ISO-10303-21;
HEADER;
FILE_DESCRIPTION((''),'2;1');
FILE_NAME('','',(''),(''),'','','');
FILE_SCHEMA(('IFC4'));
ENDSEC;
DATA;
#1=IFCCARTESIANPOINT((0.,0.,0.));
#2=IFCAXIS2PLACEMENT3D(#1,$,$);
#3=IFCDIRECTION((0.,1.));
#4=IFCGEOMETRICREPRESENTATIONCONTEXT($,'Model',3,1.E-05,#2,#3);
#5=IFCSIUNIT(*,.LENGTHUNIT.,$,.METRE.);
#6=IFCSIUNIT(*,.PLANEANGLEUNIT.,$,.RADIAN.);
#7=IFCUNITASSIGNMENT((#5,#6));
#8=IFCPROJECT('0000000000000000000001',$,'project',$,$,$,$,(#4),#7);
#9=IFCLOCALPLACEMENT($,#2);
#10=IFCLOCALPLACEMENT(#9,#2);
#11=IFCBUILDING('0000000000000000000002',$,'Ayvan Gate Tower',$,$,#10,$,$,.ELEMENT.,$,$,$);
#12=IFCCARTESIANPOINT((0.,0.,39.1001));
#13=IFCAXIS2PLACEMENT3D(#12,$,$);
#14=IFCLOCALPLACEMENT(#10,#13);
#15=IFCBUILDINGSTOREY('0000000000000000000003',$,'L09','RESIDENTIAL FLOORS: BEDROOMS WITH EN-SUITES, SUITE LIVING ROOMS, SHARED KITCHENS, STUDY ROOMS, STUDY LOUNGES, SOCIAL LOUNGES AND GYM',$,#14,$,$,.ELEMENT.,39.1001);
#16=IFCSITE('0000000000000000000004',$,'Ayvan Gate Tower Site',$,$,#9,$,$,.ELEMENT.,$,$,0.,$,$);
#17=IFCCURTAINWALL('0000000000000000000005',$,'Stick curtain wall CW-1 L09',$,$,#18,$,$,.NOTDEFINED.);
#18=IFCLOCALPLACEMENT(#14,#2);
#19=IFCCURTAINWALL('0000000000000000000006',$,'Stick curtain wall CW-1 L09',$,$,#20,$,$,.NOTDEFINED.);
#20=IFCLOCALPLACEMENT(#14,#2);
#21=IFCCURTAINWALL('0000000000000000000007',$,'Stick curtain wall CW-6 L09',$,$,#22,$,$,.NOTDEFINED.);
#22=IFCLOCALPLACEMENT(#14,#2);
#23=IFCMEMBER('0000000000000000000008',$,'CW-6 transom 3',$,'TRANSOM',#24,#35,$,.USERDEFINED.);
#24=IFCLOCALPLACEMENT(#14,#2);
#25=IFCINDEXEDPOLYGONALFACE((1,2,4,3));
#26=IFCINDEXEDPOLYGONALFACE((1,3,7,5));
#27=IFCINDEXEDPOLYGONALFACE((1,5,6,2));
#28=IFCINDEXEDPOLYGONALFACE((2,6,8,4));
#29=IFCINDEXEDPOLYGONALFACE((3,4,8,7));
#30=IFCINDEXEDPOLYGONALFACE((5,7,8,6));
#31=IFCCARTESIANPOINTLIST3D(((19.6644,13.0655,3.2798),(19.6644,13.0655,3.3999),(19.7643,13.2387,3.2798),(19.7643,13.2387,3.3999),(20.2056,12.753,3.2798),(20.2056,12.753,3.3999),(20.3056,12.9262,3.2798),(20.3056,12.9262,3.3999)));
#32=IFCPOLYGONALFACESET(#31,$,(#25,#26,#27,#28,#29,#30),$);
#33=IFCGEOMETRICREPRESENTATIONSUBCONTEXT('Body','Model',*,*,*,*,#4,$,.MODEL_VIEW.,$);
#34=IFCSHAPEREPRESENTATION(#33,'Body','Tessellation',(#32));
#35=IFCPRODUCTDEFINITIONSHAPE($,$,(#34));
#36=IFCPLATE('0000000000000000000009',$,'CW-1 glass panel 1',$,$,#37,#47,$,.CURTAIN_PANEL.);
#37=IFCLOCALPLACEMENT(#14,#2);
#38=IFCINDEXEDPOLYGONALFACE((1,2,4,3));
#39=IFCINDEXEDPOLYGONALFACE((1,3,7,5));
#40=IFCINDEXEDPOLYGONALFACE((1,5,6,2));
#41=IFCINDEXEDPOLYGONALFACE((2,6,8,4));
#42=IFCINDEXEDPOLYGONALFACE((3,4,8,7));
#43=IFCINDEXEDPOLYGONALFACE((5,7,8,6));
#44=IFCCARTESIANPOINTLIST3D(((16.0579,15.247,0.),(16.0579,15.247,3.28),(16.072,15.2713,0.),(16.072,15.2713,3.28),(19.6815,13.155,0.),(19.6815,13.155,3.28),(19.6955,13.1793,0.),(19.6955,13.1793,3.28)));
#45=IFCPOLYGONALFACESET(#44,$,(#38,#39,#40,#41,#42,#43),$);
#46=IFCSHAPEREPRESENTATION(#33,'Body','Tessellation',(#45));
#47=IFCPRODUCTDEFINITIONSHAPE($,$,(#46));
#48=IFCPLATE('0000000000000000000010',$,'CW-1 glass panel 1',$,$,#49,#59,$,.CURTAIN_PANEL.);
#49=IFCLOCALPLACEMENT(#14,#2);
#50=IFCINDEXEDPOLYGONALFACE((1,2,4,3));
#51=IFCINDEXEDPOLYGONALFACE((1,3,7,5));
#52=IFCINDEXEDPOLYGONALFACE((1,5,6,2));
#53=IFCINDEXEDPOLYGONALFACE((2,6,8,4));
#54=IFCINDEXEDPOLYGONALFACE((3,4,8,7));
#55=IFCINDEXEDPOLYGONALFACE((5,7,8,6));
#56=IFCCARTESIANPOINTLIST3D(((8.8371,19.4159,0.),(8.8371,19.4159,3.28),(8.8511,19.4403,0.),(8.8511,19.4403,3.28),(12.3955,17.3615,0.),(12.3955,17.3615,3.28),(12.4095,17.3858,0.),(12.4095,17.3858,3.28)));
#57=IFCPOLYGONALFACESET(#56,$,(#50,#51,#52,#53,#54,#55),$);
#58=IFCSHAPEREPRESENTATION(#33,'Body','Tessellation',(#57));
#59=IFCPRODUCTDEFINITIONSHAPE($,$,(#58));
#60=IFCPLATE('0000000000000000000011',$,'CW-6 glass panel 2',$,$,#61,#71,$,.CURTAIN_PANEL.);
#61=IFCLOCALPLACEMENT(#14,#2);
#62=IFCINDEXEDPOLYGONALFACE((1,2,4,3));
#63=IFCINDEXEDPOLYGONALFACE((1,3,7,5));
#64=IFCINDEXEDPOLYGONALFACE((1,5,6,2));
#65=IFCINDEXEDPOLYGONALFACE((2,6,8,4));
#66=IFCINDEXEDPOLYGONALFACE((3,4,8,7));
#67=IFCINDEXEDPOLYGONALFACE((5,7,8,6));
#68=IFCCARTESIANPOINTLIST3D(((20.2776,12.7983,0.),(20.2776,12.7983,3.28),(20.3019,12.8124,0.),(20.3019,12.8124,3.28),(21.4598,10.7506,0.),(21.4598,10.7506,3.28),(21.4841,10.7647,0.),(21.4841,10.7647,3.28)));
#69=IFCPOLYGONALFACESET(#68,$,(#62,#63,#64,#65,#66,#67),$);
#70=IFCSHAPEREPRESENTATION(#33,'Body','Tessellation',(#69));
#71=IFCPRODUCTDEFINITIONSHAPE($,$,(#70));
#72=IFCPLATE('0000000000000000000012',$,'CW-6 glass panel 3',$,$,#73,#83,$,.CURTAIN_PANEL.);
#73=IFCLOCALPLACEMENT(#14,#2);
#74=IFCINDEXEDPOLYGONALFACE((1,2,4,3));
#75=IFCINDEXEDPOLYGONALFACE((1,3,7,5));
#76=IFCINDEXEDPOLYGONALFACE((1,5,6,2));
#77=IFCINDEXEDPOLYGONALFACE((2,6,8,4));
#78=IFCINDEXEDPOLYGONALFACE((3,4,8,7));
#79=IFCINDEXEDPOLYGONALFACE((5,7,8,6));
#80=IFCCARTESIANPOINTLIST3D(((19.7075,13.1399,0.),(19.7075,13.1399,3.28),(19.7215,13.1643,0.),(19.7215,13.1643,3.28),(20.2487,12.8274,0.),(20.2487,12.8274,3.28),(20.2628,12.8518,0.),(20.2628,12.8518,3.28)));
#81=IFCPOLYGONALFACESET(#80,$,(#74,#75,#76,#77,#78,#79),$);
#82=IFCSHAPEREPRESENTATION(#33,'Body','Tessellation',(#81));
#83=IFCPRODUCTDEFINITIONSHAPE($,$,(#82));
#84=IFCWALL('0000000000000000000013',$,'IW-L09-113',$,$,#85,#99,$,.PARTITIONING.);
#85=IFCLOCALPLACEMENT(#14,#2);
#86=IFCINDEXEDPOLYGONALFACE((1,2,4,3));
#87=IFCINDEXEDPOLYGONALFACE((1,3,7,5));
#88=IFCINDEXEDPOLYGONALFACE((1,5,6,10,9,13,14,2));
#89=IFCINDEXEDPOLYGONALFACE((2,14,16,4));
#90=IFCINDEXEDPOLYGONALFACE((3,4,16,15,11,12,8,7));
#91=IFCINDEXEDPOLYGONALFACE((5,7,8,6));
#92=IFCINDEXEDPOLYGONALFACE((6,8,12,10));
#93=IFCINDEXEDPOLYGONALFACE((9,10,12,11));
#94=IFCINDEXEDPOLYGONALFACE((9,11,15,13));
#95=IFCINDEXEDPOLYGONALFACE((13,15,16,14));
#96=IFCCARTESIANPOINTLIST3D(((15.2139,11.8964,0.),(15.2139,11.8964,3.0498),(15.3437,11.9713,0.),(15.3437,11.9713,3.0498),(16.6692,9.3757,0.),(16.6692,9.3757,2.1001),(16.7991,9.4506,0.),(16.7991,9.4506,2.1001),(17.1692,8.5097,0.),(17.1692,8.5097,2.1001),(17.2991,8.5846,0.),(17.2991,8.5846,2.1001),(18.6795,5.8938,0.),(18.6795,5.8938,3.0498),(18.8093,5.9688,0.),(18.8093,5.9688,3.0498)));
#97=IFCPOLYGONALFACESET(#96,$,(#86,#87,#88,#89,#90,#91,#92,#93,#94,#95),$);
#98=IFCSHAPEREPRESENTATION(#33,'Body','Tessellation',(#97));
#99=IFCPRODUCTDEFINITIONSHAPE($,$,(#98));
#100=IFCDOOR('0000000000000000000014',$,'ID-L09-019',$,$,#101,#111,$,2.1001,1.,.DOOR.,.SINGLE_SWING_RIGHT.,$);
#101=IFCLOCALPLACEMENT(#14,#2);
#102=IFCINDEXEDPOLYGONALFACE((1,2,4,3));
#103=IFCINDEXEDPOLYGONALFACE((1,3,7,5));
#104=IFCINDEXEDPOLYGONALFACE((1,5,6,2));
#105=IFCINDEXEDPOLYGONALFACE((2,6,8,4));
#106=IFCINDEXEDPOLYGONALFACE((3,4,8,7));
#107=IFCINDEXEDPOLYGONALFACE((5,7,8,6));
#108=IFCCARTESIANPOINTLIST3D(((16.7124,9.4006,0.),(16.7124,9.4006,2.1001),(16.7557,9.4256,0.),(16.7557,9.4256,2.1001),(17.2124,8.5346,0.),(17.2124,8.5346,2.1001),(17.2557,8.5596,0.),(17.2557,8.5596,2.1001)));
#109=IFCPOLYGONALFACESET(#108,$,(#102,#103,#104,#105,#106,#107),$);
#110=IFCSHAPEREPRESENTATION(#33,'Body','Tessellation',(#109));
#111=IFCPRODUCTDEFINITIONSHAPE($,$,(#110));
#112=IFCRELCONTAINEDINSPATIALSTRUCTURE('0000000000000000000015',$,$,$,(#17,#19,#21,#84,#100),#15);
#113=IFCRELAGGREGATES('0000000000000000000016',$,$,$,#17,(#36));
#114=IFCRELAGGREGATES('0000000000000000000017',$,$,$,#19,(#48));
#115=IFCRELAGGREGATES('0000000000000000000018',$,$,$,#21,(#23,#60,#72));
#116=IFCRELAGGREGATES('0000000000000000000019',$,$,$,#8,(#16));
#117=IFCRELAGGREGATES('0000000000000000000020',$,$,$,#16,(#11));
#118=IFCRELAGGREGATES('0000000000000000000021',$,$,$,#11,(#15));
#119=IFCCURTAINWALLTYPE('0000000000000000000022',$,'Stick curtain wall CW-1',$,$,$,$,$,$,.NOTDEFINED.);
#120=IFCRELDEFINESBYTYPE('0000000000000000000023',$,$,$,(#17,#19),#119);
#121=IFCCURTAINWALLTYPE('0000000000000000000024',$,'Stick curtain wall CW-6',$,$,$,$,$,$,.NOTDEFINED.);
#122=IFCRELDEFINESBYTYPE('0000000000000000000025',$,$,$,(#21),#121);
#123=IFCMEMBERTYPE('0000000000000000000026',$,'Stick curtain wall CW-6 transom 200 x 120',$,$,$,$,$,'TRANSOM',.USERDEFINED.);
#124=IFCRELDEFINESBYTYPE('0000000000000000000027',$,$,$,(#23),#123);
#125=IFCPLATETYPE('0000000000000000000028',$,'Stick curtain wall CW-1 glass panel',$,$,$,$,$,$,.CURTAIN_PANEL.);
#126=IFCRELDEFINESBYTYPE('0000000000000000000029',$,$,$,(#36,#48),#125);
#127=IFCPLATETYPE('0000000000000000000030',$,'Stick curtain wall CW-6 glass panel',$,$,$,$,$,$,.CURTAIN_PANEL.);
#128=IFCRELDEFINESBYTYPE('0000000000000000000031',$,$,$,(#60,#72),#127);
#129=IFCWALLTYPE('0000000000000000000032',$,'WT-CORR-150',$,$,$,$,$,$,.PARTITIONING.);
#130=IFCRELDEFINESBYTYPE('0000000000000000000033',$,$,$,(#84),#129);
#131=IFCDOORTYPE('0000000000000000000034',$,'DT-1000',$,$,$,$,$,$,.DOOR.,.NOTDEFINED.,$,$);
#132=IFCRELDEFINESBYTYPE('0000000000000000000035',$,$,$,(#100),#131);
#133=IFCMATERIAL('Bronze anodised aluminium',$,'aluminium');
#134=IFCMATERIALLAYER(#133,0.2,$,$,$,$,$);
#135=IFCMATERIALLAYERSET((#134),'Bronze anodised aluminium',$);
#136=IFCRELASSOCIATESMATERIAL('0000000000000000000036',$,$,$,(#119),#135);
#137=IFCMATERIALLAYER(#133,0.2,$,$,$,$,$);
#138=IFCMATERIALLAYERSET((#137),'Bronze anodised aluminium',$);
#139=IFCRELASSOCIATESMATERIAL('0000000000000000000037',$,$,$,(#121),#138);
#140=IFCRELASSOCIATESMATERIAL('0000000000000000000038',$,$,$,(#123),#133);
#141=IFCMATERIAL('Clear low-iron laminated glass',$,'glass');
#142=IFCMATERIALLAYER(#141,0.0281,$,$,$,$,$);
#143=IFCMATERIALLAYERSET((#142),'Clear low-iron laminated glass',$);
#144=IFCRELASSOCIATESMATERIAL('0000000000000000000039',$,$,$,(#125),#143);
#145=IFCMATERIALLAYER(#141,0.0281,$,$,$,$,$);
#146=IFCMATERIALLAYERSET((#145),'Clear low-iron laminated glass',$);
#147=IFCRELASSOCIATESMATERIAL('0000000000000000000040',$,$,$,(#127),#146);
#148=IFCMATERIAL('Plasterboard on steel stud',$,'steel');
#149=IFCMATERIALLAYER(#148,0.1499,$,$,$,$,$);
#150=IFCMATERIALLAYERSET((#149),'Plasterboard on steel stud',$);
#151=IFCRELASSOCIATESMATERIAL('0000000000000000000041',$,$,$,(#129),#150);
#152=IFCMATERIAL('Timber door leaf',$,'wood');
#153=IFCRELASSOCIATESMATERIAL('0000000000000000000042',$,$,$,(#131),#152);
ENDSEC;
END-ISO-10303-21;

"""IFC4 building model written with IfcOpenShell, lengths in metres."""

from ifc_helpers import new_model, si_unit, direction, frame, frame_2d, origin, origin_2d, place, context, subcontext, project, spatial, rectangle, extrude, material, layer, layer_set, material_profile, profile_set, type_object, element, fill, aggregate, save


model = new_model("IFC4")

# Units and contexts
model_context = context("Model", 3, precision=1e-05, world=origin(), true_north=direction((0.0, 1.0)))
body_context = subcontext(model_context, "Body", "Model", "MODEL_VIEW")
ifc_project = project(units=[si_unit("LENGTHUNIT", "METRE"), si_unit("PLANEANGLEUNIT", "RADIAN")], contexts=[model_context])

# Site, building, storey
site_placement = place(None, origin())
site = spatial("IfcSite", under=ifc_project, at=site_placement, Name="Ayvan Gate Tower Site", CompositionType="ELEMENT", RefElevation=0.0)
building_placement = place(site_placement, origin())
building = spatial("IfcBuilding", under=site, at=building_placement, Name="Ayvan Gate Tower", CompositionType="ELEMENT")
storey_placement = place(building_placement, frame((0.0, 0.0, 39.1001)))
storey = spatial("IfcBuildingStorey", under=building, at=storey_placement, Name="L09", Description="RESIDENTIAL FLOORS: BEDROOMS WITH EN-SUITES, SUITE LIVING ROOMS, SHARED KITCHENS, STUDY ROOMS, STUDY LOUNGES, SOCIAL LOUNGES AND GYM", CompositionType="ELEMENT", Elevation=39.1001)

# Curtain walls
ifc_material_1 = material(Name="Bronze anodised aluminium", Category="aluminium")
ifc_layer_1 = layer(ifc_material_1, 0.2)
ifc_layer_set_1 = layer_set([ifc_layer_1], Name="Bronze anodised aluminium")
curtain_wall_type_1 = type_object("IfcCurtainWallType", Name="Stick curtain wall CW-1", PredefinedType="NOTDEFINED", material=ifc_layer_set_1)
curtain_wall_1_placement = place(storey_placement, origin())
curtain_wall_1 = element("IfcCurtainWall", 1, at=curtain_wall_1_placement, inside=storey, type_object=curtain_wall_type_1, Name="Stick curtain wall CW-1 L09", PredefinedType="NOTDEFINED")
curtain_wall_2_placement = place(storey_placement, origin())
curtain_wall_2 = element("IfcCurtainWall", 2, at=curtain_wall_2_placement, inside=storey, type_object=curtain_wall_type_1, Name="Stick curtain wall CW-1 L09", PredefinedType="NOTDEFINED")

# Curtain wall, member
ifc_layer_2 = layer(ifc_material_1, 0.2)
ifc_layer_set_2 = layer_set([ifc_layer_2], Name="Bronze anodised aluminium")
curtain_wall_type_2 = type_object("IfcCurtainWallType", Name="Stick curtain wall CW-6", PredefinedType="NOTDEFINED", material=ifc_layer_set_2)
curtain_wall_3_placement = place(storey_placement, origin())
curtain_wall_3 = element("IfcCurtainWall", 3, at=curtain_wall_3_placement, inside=storey, type_object=curtain_wall_type_2, Name="Stick curtain wall CW-6 L09", PredefinedType="NOTDEFINED")
ifc_material_profile_1 = material_profile(ifc_material_1, rectangle(XDim=0.2, YDim=0.1201, at=origin_2d()), Name="Stick curtain wall CW-6 transom 200 x 120")
ifc_profile_set_1 = profile_set([ifc_material_profile_1], Name="Bronze anodised aluminium")
member_type_1 = type_object("IfcMemberType", Name="Stick curtain wall CW-6 transom 200 x 120", ElementType="TRANSOM", PredefinedType="USERDEFINED", material=ifc_profile_set_1)
member_1_placement = place(storey_placement, frame((20.2556, 12.8396, 3.3398), z_axis=(-0.866023, 0.500004, 0.0), x_axis=(-0.500004, -0.866023, 0.0)))
member_1 = element("IfcMember", 4, at=member_1_placement, type_object=member_type_1, Name="CW-6 transom 3", ObjectType="TRANSOM", PredefinedType="USERDEFINED", context=body_context, shape_type="SweptSolid", body=[
    extrude(rectangle(XDim=0.2, YDim=0.1201, at=origin_2d()), origin(), (0.0, 0.0, 1.0), 0.625),
])

# Plates
ifc_material_2 = material(Name="Clear low-iron laminated glass", Category="glass")
ifc_layer_3 = layer(ifc_material_2, 0.0281)
ifc_layer_set_3 = layer_set([ifc_layer_3], Name="Clear low-iron laminated glass")
plate_type_1 = type_object("IfcPlateType", Name="Stick curtain wall CW-1 glass panel", PredefinedType="CURTAIN_PANEL", material=ifc_layer_set_3)
plate_1_placement = place(storey_placement, frame((17.8767, 14.2131, 0.0), z_axis=(0.0, 0.0, 1.0), x_axis=(-0.866025, 0.5, 0.0)))
plate_1 = element("IfcPlate", 5, at=plate_1_placement, type_object=plate_type_1, Name="CW-1 glass panel 1", PredefinedType="CURTAIN_PANEL", context=body_context, shape_type="SweptSolid", body=[
    extrude(rectangle(XDim=4.1841, YDim=0.0281, at=origin_2d()), origin(), (0.0, 0.0, 1.0), 3.28),
])
aggregate(curtain_wall_1, [plate_1])
plate_2_placement = place(storey_placement, frame((10.6233, 18.4009, 0.0), z_axis=(0.0, 0.0, 1.0), x_axis=(-0.866025, 0.5, 0.0)))
plate_2 = element("IfcPlate", 6, at=plate_2_placement, type_object=plate_type_1, Name="CW-1 glass panel 1", PredefinedType="CURTAIN_PANEL", context=body_context, shape_type="SweptSolid", body=[
    extrude(rectangle(XDim=4.1089, YDim=0.0281, at=origin_2d()), origin(), (0.0, 0.0, 1.0), 3.28),
])
aggregate(curtain_wall_2, [plate_2])
ifc_layer_4 = layer(ifc_material_2, 0.0281)
ifc_layer_set_4 = layer_set([ifc_layer_4], Name="Clear low-iron laminated glass")
plate_type_2 = type_object("IfcPlateType", Name="Stick curtain wall CW-6 glass panel", PredefinedType="CURTAIN_PANEL", material=ifc_layer_set_4)
plate_3_placement = place(storey_placement, frame((20.8809, 11.7815, 0.0), z_axis=(0.0, 0.0, 1.0), x_axis=(-0.5, 0.866025, 0.0)))
plate_3 = element("IfcPlate", 7, at=plate_3_placement, type_object=plate_type_2, Name="CW-6 glass panel 2", PredefinedType="CURTAIN_PANEL", context=body_context, shape_type="SweptSolid", body=[
    extrude(rectangle(XDim=2.3645, YDim=0.0281, at=origin_2d()), origin(), (0.0, 0.0, 1.0), 3.28),
])
plate_4_placement = place(storey_placement, frame((19.9851, 12.9958, 0.0), z_axis=(0.0, 0.0, 1.0), x_axis=(-0.866025, 0.5, 0.0)))
plate_4 = element("IfcPlate", 8, at=plate_4_placement, type_object=plate_type_2, Name="CW-6 glass panel 3", PredefinedType="CURTAIN_PANEL", context=body_context, shape_type="SweptSolid", body=[
    extrude(rectangle(XDim=0.625, YDim=0.0281, at=origin_2d()), origin(), (0.0, 0.0, 1.0), 3.28),
])
aggregate(curtain_wall_3, [member_1, plate_3, plate_4])

# Wall, opening, door
ifc_material_3 = material(Name="Plasterboard on steel stud", Category="steel")
ifc_layer_5 = layer(ifc_material_3, 0.1499)
ifc_layer_set_5 = layer_set([ifc_layer_5], Name="Plasterboard on steel stud")
wall_type_1 = type_object("IfcWallType", Name="WT-CORR-150", PredefinedType="PARTITIONING", material=ifc_layer_set_5)
wall_1_placement = place(storey_placement, frame((15.2788, 11.9338, 0.0), z_axis=(0.0, 0.0, 1.0), x_axis=(0.500007, -0.866021, 0.0)))
wall_1 = element("IfcWall", 9, at=wall_1_placement, inside=storey, type_object=wall_type_1, Name="IW-L09-113", PredefinedType="PARTITIONING", context=body_context, shape_type="SweptSolid", body=[
    extrude(rectangle(XDim=6.9312, YDim=0.1499, at=frame_2d((3.4656, 0.0))), origin(), (0.0, 0.0, 1.0), 3.0498),
])
opening_1_placement = place(wall_1_placement, frame((2.9106, 0.0, 0.0)))
opening_1 = element("IfcOpeningElement", 10, at=opening_1_placement, cuts=wall_1, PredefinedType="OPENING", context=body_context, shape_type="SweptSolid", body=[
    extrude(rectangle(XDim=1.0, YDim=2.1001, at=frame_2d((0.5, 1.05))), frame((0.0, 0.085, 0.0), z_axis=(0.0, -1.0, 0.0), x_axis=(1.0, 0.0, 0.0)), (0.0, 0.0, 1.0), 0.1699),
])
ifc_material_4 = material(Name="Timber door leaf", Category="wood")
door_type_1 = type_object("IfcDoorType", Name="DT-1000", OperationType="NOTDEFINED", PredefinedType="DOOR", material=ifc_material_4)
door_1_placement = place(opening_1_placement, origin())
door_1 = element("IfcDoor", 11, at=door_1_placement, inside=storey, type_object=door_type_1, Name="ID-L09-019", OperationType="SINGLE_SWING_RIGHT", OverallHeight=2.1001, OverallWidth=1.0, PredefinedType="DOOR", context=body_context, shape_type="SweptSolid", body=[
    extrude(rectangle(XDim=1.0, YDim=2.1001, at=frame_2d((0.5, 1.05))), frame((0.0, 0.0249, 0.0), z_axis=(0.0, -1.0, 0.0), x_axis=(1.0, 0.0, 0.0)), (0.0, 0.0, 1.0), 0.05),
])
fill(opening_1, door_1)

save(model, "model.ifc")
